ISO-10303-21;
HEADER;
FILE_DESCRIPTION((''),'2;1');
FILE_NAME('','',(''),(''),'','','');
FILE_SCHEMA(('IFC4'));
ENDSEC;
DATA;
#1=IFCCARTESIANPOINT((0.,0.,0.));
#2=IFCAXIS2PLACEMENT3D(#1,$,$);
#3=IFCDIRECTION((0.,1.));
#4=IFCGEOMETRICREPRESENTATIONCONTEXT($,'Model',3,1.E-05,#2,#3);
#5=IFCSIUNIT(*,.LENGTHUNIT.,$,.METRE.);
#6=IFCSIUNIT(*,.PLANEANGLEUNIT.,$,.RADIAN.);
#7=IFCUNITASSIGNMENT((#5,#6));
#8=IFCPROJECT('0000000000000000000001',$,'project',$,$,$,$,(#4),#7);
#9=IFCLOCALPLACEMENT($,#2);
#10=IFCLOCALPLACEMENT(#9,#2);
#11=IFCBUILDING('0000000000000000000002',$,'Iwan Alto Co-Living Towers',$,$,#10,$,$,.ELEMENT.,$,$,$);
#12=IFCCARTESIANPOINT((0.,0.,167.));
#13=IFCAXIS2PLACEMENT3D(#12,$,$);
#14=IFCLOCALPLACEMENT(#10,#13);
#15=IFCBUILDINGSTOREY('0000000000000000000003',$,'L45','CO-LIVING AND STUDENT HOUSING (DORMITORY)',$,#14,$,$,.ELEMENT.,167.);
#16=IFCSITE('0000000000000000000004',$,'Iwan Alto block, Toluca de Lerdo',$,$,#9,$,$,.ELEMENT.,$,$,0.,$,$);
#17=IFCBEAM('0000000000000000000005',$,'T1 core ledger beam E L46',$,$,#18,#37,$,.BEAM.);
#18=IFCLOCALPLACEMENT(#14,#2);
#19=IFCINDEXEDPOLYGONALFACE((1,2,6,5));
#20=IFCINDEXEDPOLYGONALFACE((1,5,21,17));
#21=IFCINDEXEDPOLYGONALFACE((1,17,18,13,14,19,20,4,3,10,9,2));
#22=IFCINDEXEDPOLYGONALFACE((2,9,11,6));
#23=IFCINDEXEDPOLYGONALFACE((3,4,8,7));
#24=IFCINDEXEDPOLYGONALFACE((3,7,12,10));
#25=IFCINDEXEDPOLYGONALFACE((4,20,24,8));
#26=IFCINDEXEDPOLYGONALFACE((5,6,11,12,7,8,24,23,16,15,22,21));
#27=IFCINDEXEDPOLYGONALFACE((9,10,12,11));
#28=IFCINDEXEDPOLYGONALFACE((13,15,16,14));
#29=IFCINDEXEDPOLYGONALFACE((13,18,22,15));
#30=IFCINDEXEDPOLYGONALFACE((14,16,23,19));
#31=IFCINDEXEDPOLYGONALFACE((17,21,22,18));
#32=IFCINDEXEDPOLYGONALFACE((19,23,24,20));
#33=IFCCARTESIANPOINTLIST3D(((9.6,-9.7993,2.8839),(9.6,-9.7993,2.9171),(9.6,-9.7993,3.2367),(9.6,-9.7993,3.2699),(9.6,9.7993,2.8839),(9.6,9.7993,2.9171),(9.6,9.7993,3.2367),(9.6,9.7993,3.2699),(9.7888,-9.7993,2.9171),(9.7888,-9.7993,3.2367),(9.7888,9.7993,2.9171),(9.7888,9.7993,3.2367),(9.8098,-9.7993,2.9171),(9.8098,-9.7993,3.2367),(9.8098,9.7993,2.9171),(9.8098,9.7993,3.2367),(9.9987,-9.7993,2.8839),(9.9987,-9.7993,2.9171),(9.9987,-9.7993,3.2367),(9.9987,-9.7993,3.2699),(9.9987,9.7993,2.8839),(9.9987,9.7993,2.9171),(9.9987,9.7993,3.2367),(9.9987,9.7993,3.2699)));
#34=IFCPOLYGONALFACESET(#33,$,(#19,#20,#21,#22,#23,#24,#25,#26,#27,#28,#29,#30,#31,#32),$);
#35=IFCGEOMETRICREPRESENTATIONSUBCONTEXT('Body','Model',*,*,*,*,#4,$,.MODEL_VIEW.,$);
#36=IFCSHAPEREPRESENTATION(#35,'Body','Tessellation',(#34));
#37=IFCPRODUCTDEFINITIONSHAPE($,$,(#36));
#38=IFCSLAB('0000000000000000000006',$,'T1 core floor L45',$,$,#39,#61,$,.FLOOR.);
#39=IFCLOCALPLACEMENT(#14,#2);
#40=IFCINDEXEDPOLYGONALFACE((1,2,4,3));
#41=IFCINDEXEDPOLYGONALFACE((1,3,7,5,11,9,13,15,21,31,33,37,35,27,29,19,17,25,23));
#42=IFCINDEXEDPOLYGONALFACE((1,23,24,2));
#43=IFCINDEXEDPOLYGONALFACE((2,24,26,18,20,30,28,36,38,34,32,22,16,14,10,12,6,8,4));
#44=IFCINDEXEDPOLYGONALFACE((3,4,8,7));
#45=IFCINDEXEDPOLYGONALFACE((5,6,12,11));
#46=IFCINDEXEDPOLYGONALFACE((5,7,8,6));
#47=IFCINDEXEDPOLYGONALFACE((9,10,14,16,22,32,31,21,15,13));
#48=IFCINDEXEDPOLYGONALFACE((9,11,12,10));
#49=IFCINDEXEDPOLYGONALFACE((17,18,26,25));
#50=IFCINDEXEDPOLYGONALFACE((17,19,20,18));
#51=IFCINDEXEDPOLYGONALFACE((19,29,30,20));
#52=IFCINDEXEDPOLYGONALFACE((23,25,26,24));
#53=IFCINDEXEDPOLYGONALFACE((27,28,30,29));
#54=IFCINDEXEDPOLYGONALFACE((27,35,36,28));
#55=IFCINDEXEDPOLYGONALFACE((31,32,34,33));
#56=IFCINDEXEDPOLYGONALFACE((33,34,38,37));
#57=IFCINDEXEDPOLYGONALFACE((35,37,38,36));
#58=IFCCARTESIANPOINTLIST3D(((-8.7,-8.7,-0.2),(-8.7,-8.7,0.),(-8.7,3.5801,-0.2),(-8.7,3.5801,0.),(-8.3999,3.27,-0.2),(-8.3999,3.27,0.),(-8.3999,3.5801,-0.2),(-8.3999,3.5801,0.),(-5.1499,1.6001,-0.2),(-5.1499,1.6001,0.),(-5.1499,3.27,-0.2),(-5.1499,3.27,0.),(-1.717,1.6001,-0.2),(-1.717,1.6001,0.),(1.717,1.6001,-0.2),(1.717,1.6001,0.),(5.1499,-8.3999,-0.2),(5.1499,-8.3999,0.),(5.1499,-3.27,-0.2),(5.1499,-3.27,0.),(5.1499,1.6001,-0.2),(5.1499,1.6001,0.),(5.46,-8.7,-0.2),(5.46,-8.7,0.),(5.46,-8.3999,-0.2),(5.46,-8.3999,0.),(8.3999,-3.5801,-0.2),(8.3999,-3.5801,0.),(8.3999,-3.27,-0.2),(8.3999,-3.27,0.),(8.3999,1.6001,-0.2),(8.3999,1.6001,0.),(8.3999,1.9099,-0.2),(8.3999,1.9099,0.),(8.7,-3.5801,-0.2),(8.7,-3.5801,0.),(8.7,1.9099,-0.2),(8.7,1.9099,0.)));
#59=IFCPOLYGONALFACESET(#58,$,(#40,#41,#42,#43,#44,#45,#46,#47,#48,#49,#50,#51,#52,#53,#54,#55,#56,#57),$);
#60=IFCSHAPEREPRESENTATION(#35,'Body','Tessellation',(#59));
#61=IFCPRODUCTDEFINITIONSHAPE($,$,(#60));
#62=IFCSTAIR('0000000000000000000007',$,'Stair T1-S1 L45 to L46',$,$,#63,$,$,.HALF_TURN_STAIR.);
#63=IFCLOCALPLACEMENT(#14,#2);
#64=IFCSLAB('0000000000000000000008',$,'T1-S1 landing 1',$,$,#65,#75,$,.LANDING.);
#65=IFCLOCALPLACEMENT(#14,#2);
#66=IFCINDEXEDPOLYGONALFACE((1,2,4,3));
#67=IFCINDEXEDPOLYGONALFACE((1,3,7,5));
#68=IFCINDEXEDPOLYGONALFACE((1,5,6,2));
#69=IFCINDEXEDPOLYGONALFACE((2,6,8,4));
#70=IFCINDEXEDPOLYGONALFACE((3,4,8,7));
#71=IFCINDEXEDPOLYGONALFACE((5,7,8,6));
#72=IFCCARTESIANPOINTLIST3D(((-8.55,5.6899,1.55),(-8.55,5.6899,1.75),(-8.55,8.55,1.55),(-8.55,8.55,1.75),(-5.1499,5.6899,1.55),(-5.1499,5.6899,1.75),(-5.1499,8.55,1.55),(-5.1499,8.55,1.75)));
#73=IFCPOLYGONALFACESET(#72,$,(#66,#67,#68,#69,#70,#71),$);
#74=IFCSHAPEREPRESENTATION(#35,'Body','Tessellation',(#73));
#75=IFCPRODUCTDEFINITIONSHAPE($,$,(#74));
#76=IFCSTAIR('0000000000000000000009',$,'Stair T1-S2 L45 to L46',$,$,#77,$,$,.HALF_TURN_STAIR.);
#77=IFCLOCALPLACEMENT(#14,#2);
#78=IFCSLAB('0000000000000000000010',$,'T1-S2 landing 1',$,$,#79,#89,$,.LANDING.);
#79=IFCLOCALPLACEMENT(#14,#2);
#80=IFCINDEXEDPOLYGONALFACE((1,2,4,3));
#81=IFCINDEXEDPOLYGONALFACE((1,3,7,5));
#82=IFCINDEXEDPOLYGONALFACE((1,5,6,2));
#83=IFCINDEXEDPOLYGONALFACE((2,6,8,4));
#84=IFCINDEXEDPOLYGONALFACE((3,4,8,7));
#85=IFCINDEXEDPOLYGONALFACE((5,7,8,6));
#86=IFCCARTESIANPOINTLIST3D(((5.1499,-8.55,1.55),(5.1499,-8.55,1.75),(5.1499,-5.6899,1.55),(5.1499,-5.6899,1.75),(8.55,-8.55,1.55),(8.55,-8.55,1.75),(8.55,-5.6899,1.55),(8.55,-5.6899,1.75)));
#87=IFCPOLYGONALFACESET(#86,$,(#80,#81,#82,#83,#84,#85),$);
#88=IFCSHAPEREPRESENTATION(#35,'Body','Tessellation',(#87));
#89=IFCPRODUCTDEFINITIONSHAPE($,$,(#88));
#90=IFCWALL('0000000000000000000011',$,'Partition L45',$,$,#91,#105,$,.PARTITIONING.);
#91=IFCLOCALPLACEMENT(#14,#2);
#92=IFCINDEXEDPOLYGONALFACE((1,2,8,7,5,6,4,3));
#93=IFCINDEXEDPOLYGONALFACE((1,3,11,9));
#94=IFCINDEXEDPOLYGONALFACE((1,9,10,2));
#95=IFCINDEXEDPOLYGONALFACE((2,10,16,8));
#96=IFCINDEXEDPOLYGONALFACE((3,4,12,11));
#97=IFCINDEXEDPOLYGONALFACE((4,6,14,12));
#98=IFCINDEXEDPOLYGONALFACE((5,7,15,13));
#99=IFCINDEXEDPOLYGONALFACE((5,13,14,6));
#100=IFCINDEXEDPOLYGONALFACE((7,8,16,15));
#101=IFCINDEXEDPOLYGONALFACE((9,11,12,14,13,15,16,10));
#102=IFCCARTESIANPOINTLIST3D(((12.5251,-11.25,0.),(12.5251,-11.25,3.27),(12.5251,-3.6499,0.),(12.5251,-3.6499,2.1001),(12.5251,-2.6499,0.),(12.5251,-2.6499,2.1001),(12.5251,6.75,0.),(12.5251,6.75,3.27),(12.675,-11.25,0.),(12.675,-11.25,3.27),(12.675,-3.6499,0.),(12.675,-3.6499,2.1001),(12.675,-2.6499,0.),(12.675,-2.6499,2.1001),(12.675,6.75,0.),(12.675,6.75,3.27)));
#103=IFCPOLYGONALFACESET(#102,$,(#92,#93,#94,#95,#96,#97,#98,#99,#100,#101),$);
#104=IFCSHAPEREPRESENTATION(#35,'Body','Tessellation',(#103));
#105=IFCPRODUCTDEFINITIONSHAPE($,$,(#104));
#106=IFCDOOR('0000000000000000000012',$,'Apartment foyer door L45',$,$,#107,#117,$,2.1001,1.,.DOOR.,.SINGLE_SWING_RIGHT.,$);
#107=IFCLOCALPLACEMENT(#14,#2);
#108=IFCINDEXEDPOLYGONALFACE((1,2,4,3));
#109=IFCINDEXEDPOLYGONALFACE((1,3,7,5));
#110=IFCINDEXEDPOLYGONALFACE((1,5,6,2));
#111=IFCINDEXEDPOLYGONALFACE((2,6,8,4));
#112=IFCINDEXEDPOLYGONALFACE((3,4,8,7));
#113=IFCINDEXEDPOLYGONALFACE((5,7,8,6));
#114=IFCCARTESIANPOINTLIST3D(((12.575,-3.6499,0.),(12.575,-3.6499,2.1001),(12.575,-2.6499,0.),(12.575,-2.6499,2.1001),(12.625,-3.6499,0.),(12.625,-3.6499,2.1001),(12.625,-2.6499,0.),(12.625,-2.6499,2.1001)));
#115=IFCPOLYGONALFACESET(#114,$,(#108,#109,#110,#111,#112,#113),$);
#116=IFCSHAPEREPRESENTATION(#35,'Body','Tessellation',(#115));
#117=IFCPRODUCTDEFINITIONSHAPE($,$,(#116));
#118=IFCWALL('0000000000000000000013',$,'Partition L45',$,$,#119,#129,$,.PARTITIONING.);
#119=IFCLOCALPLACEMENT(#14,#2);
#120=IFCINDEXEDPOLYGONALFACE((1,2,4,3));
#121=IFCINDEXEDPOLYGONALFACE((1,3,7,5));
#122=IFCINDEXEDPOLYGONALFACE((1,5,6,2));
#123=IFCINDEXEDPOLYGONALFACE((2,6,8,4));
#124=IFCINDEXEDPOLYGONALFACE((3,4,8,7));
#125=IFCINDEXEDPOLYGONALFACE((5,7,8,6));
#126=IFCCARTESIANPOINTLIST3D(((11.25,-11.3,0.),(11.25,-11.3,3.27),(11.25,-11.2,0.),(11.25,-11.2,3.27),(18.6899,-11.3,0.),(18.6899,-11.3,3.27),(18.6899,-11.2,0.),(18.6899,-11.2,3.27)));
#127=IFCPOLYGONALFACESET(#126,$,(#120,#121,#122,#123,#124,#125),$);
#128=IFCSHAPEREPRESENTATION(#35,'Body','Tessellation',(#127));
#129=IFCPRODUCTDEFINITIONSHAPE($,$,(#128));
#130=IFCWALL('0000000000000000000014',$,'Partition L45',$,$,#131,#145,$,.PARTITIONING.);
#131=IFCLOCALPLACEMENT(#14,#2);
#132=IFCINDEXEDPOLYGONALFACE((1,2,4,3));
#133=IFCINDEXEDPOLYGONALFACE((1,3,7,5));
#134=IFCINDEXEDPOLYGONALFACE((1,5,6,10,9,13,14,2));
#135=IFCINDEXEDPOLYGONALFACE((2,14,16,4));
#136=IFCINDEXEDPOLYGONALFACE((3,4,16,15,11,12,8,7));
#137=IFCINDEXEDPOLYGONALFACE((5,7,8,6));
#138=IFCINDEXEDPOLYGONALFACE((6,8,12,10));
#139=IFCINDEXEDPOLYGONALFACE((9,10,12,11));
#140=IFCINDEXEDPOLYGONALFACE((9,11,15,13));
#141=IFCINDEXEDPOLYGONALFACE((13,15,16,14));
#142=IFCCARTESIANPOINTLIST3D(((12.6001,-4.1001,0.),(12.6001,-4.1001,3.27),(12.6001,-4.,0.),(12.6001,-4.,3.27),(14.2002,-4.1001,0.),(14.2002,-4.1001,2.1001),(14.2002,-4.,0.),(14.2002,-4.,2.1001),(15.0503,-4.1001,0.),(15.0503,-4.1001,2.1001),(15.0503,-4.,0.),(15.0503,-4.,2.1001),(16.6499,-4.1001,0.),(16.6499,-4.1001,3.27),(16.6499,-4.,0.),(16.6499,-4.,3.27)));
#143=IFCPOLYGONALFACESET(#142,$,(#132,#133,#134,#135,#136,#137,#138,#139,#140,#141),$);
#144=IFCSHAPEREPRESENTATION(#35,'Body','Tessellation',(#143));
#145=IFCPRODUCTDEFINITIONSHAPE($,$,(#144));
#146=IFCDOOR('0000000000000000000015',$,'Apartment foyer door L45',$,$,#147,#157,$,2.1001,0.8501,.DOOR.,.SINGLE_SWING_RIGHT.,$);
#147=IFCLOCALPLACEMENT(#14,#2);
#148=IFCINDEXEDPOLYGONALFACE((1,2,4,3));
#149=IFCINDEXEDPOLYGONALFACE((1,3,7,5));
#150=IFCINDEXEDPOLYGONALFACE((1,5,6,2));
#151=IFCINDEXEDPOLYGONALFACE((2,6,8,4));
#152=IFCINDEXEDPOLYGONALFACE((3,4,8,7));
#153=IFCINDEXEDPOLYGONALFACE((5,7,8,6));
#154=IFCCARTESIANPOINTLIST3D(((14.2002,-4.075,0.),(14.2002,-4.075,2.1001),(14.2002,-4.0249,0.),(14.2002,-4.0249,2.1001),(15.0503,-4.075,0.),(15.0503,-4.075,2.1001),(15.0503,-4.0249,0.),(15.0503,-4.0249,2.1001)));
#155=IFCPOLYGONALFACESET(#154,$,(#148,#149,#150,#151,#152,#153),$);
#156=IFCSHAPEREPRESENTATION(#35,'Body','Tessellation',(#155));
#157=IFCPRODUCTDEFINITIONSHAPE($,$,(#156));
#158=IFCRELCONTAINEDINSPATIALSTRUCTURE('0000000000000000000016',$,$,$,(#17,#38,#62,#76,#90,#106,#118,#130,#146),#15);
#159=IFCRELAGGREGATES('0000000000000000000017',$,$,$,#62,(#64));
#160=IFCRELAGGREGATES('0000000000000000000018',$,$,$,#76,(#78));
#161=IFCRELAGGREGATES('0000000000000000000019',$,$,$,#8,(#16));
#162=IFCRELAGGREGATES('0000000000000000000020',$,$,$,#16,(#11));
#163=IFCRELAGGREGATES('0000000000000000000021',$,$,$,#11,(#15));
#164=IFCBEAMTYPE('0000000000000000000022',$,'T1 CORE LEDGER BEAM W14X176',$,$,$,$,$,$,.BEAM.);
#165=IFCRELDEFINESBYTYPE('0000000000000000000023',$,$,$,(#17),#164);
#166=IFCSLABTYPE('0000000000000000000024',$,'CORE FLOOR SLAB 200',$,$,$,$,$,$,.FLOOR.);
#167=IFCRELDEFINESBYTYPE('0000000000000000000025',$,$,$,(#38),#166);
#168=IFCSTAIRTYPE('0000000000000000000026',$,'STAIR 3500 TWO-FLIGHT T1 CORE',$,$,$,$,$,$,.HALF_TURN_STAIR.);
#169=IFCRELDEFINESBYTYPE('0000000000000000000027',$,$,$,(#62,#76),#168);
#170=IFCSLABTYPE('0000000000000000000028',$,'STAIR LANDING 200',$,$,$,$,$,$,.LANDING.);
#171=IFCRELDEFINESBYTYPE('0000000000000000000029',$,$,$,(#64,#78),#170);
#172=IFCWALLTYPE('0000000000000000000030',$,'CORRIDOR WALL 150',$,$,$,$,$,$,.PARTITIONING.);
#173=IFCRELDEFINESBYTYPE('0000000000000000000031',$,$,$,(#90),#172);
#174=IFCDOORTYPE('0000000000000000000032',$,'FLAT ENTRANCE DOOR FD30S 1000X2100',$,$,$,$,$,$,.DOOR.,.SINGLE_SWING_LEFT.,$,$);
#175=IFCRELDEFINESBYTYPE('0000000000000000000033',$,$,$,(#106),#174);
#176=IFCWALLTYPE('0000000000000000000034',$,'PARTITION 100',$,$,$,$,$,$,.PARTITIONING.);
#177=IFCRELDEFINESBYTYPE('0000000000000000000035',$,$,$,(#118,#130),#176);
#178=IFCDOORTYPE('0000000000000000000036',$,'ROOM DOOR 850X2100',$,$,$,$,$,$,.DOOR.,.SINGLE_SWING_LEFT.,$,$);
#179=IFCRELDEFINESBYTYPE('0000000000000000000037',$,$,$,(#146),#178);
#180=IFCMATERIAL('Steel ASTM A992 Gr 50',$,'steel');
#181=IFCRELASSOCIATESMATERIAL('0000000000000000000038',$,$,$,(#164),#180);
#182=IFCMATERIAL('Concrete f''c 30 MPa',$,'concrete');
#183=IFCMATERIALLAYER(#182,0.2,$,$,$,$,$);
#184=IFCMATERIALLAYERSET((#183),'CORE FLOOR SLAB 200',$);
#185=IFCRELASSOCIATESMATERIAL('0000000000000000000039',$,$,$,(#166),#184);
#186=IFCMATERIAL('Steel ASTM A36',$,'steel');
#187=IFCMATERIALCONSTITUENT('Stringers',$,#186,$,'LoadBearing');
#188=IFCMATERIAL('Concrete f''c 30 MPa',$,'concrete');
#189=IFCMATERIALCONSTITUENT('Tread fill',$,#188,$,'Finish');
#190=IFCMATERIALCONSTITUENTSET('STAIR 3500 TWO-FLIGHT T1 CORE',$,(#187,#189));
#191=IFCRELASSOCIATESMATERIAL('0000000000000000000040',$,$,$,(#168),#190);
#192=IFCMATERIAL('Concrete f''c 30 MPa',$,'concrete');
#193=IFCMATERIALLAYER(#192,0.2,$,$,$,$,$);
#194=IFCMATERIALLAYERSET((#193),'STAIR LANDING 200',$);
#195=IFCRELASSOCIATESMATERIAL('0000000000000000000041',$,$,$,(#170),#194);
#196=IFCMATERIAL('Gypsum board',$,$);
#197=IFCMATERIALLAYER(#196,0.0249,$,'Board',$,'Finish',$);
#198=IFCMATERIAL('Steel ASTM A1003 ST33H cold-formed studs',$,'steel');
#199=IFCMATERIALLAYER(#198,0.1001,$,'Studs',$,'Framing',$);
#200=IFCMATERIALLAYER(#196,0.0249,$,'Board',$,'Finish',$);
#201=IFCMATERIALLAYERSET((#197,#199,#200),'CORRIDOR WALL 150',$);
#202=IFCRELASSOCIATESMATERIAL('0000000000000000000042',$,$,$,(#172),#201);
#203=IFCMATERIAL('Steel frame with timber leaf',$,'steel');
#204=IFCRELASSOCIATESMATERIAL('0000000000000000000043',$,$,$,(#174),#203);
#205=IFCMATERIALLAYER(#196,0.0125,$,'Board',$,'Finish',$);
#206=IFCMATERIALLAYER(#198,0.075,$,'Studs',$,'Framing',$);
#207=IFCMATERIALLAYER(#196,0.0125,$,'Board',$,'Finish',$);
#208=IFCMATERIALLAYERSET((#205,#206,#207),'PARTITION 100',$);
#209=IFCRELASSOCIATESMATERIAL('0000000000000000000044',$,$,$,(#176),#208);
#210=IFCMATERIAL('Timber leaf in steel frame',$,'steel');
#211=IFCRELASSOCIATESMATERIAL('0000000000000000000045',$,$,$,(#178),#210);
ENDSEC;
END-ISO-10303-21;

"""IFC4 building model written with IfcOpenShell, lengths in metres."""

from ifc_helpers import new_model, si_unit, direction, frame, frame_2d, origin, origin_2d, place, context, subcontext, project, spatial, polyline, rectangle, i_section, outline, extrude, material, layer, layer_set, constituent, constituent_set, material_profile, profile_set, type_object, element, fill, aggregate, save


model = new_model("IFC4")

# Units and contexts
model_context = context("Model", 3, precision=1e-05, world=origin(), true_north=direction((0.0, 1.0)))
body_context = subcontext(model_context, "Body", "Model", "MODEL_VIEW")
ifc_project = project(units=[si_unit("LENGTHUNIT", "METRE"), si_unit("PLANEANGLEUNIT", "RADIAN")], contexts=[model_context])

# Site, building, storey
site_placement = place(None, origin())
site = spatial("IfcSite", under=ifc_project, at=site_placement, Name="Iwan Alto block, Toluca de Lerdo", CompositionType="ELEMENT", RefElevation=0.0)
building_placement = place(site_placement, origin())
building = spatial("IfcBuilding", under=site, at=building_placement, Name="Iwan Alto Co-Living Towers", CompositionType="ELEMENT")
storey_placement = place(building_placement, frame((0.0, 0.0, 167.0)))
storey = spatial("IfcBuildingStorey", under=building, at=storey_placement, Name="L45", Description="CO-LIVING AND STUDENT HOUSING (DORMITORY)", CompositionType="ELEMENT", Elevation=167.0)

# Beam
ifc_material_1 = material(Name="Steel ASTM A992 Gr 50", Category="steel")
ifc_material_profile = material_profile(ifc_material_1, i_section(OverallWidth=0.3987, OverallDepth=0.386, WebThickness=0.021, FlangeThickness=0.0332, at=origin_2d()), Name="W14X176")
ifc_profile_set = profile_set([ifc_material_profile], Name="Steel ASTM A992 Gr 50")
beam_type = type_object("IfcBeamType", Name="T1 CORE LEDGER BEAM W14X176", PredefinedType="BEAM", material=ifc_profile_set)
beam_placement = place(storey_placement, frame((9.7993, -9.7993, 3.0769), z_axis=(0.0, 1.0, 0.0), x_axis=(-1.0, 0.0, 0.0)))
element("IfcBeam", 1, at=beam_placement, inside=storey, type_object=beam_type, Name="T1 core ledger beam E L46", PredefinedType="BEAM", context=body_context, shape_type="SweptSolid", body=[
    extrude(i_section(OverallWidth=0.3987, OverallDepth=0.386, WebThickness=0.021, FlangeThickness=0.0332, at=origin_2d()), origin(), (0.0, 0.0, 1.0), 19.5986),
])

# Slab
ifc_material_2 = material(Name="Concrete f'c 30 MPa", Category="concrete")
ifc_layer_1 = layer(ifc_material_2, 0.2)
ifc_layer_set_1 = layer_set([ifc_layer_1], Name="CORE FLOOR SLAB 200")
slab_type_1 = type_object("IfcSlabType", Name="CORE FLOOR SLAB 200", PredefinedType="FLOOR", material=ifc_layer_set_1)
slab_1_placement = place(storey_placement, frame((0.0, 0.0, -0.2)))
element("IfcSlab", 2, at=slab_1_placement, inside=storey, type_object=slab_type_1, Name="T1 core floor L45", PredefinedType="FLOOR", context=body_context, shape_type="SweptSolid", body=[
    extrude(outline(polyline([(5.1499, -8.3999), (5.46, -8.3999), (5.46, -8.7), (-8.7, -8.7), (-8.7, 3.5801), (-8.3999, 3.5801), (-8.3999, 3.27), (-5.1499, 3.27), (-5.1499, 1.6001), (-1.717, 1.6001), (1.717, 1.6001), (5.1499, 1.6001), (8.3999, 1.6001), (8.3999, 1.9099), (8.7, 1.9099), (8.7, -3.5801), (8.3999, -3.5801), (8.3999, -3.27), (5.1499, -3.27), (5.1499, -8.3999)])), origin(), (0.0, 0.0, 1.0), 0.2),
])

# Stairs, slabs
ifc_material_3 = material(Name="Steel ASTM A36", Category="steel")
ifc_constituent_1 = constituent(ifc_material_3, Name="Stringers", Category="LoadBearing")
ifc_material_4 = material(Name="Concrete f'c 30 MPa", Category="concrete")
ifc_constituent_2 = constituent(ifc_material_4, Name="Tread fill", Category="Finish")
ifc_constituent_set_1 = constituent_set(constituents=[ifc_constituent_1, ifc_constituent_2], Name="STAIR 3500 TWO-FLIGHT T1 CORE")
stair_type = type_object("IfcStairType", Name="STAIR 3500 TWO-FLIGHT T1 CORE", PredefinedType="HALF_TURN_STAIR", material=ifc_constituent_set_1)
stair_1_placement = place(storey_placement, origin())
stair_1 = element("IfcStair", 3, at=stair_1_placement, inside=storey, type_object=stair_type, Name="Stair T1-S1 L45 to L46", PredefinedType="HALF_TURN_STAIR")
ifc_material_5 = material(Name="Concrete f'c 30 MPa", Category="concrete")
ifc_layer_2 = layer(ifc_material_5, 0.2)
ifc_layer_set_2 = layer_set([ifc_layer_2], Name="STAIR LANDING 200")
slab_type_2 = type_object("IfcSlabType", Name="STAIR LANDING 200", PredefinedType="LANDING", material=ifc_layer_set_2)
slab_2_placement = place(storey_placement, frame((0.0, 0.0, 1.55)))
slab_2 = element("IfcSlab", 4, at=slab_2_placement, type_object=slab_type_2, Name="T1-S1 landing 1", PredefinedType="LANDING", context=body_context, shape_type="SweptSolid", body=[
    extrude(outline(polyline([(-8.55, 5.6899), (-8.55, 8.55), (-5.1499, 8.55), (-5.1499, 5.6899), (-8.55, 5.6899)])), origin(), (0.0, 0.0, 1.0), 0.2),
])
aggregate(stair_1, [slab_2])
stair_2_placement = place(storey_placement, origin())
stair_2 = element("IfcStair", 5, at=stair_2_placement, inside=storey, type_object=stair_type, Name="Stair T1-S2 L45 to L46", PredefinedType="HALF_TURN_STAIR")
slab_3_placement = place(storey_placement, frame((0.0, 0.0, 1.55)))
slab_3 = element("IfcSlab", 6, at=slab_3_placement, type_object=slab_type_2, Name="T1-S2 landing 1", PredefinedType="LANDING", context=body_context, shape_type="SweptSolid", body=[
    extrude(outline(polyline([(5.1499, -5.6899), (5.1499, -8.55), (8.55, -8.55), (8.55, -5.6899), (5.1499, -5.6899)])), origin(), (0.0, 0.0, 1.0), 0.2),
])

# Wall, opening, door
ifc_material_6 = material(Name="Gypsum board")
ifc_layer_3 = layer(ifc_material_6, 0.0249, Name="Board", Category="Finish")
ifc_material_7 = material(Name="Steel ASTM A1003 ST33H cold-formed studs", Category="steel")
ifc_layer_4 = layer(ifc_material_7, 0.1001, Name="Studs", Category="Framing")
ifc_layer_5 = layer(ifc_material_6, 0.0249, Name="Board", Category="Finish")
ifc_layer_set_3 = layer_set([ifc_layer_3, ifc_layer_4, ifc_layer_5], Name="CORRIDOR WALL 150")
wall_type_1 = type_object("IfcWallType", Name="CORRIDOR WALL 150", PredefinedType="PARTITIONING", material=ifc_layer_set_3)
wall_1_placement = place(storey_placement, frame((12.6001, -11.25, 0.0), z_axis=(0.0, 0.0, 1.0), x_axis=(0.0, 1.0, 0.0)))
wall_1 = element("IfcWall", 7, at=wall_1_placement, inside=storey, type_object=wall_type_1, Name="Partition L45", PredefinedType="PARTITIONING", context=body_context, shape_type="SweptSolid", body=[
    extrude(rectangle(XDim=18.0, YDim=0.1499, at=frame_2d((9.0, 0.0))), origin(), (0.0, 0.0, 1.0), 3.27),
])
opening_1_placement = place(wall_1_placement, frame((7.6001, 0.0, 0.0)))
opening_1 = element("IfcOpeningElement", 8, at=opening_1_placement, cuts=wall_1, PredefinedType="OPENING", context=body_context, shape_type="SweptSolid", body=[
    extrude(rectangle(XDim=1.0, YDim=2.1001, at=frame_2d((0.5, 1.05))), frame((0.0, 0.085, 0.0), z_axis=(0.0, -1.0, 0.0), x_axis=(1.0, 0.0, 0.0)), (0.0, 0.0, 1.0), 0.1699),
])
ifc_material_8 = material(Name="Steel frame with timber leaf", Category="steel")
door_type_1 = type_object("IfcDoorType", Name="FLAT ENTRANCE DOOR FD30S 1000X2100", OperationType="SINGLE_SWING_LEFT", PredefinedType="DOOR", material=ifc_material_8)
door_1_placement = place(opening_1_placement, frame((1.0, 0.0, 0.0), z_axis=(0.0, 0.0, 1.0), x_axis=(-1.0, 0.0, 0.0)))
door_1 = element("IfcDoor", 9, at=door_1_placement, inside=storey, type_object=door_type_1, Name="Apartment foyer door L45", OperationType="SINGLE_SWING_RIGHT", OverallHeight=2.1001, OverallWidth=1.0, PredefinedType="DOOR", context=body_context, shape_type="SweptSolid", body=[
    extrude(rectangle(XDim=1.0, YDim=2.1001, at=frame_2d((0.5, 1.05))), frame((0.0, 0.0249, 0.0), z_axis=(0.0, -1.0, 0.0), x_axis=(1.0, 0.0, 0.0)), (0.0, 0.0, 1.0), 0.05),
])
fill(opening_1, door_1)

# Wall
ifc_layer_6 = layer(ifc_material_6, 0.0125, Name="Board", Category="Finish")
ifc_layer_7 = layer(ifc_material_7, 0.075, Name="Studs", Category="Framing")
ifc_layer_8 = layer(ifc_material_6, 0.0125, Name="Board", Category="Finish")
ifc_layer_set_4 = layer_set([ifc_layer_6, ifc_layer_7, ifc_layer_8], Name="PARTITION 100")
wall_type_2 = type_object("IfcWallType", Name="PARTITION 100", PredefinedType="PARTITIONING", material=ifc_layer_set_4)
wall_2_placement = place(storey_placement, frame((11.25, -11.25, 0.0), z_axis=(0.0, 0.0, 1.0), x_axis=(1.0, 0.0, 0.0)))
element("IfcWall", 10, at=wall_2_placement, inside=storey, type_object=wall_type_2, Name="Partition L45", PredefinedType="PARTITIONING", context=body_context, shape_type="SweptSolid", body=[
    extrude(rectangle(XDim=7.4399, YDim=0.1001, at=frame_2d((3.72, 0.0))), origin(), (0.0, 0.0, 1.0), 3.27),
])

# Wall, opening, door
wall_3_placement = place(storey_placement, frame((12.6001, -4.05, 0.0), z_axis=(0.0, 0.0, 1.0), x_axis=(1.0, 0.0, 0.0)))
wall_3 = element("IfcWall", 11, at=wall_3_placement, inside=storey, type_object=wall_type_2, Name="Partition L45", PredefinedType="PARTITIONING", context=body_context, shape_type="SweptSolid", body=[
    extrude(rectangle(XDim=4.0498, YDim=0.1001, at=frame_2d((2.0249, 0.0))), origin(), (0.0, 0.0, 1.0), 3.27),
])
opening_2_placement = place(wall_3_placement, frame((1.6001, 0.0, 0.0)))
opening_2 = element("IfcOpeningElement", 12, at=opening_2_placement, cuts=wall_3, PredefinedType="OPENING", context=body_context, shape_type="SweptSolid", body=[
    extrude(rectangle(XDim=0.8501, YDim=2.1001, at=frame_2d((0.425, 1.05))), frame((0.0, 0.0601, 0.0), z_axis=(0.0, -1.0, 0.0), x_axis=(1.0, 0.0, 0.0)), (0.0, 0.0, 1.0), 0.1201),
])
ifc_material_9 = material(Name="Timber leaf in steel frame", Category="steel")
door_type_2 = type_object("IfcDoorType", Name="ROOM DOOR 850X2100", OperationType="SINGLE_SWING_LEFT", PredefinedType="DOOR", material=ifc_material_9)
door_2_placement = place(opening_2_placement, frame((0.8501, 0.0, 0.0), z_axis=(0.0, 0.0, 1.0), x_axis=(-1.0, 0.0, 0.0)))
door_2 = element("IfcDoor", 13, at=door_2_placement, inside=storey, type_object=door_type_2, Name="Apartment foyer door L45", OperationType="SINGLE_SWING_RIGHT", OverallHeight=2.1001, OverallWidth=0.8501, PredefinedType="DOOR", context=body_context, shape_type="SweptSolid", body=[
    extrude(rectangle(XDim=0.8501, YDim=2.1001, at=frame_2d((0.425, 1.05))), frame((0.0, 0.0249, 0.0), z_axis=(0.0, -1.0, 0.0), x_axis=(1.0, 0.0, 0.0)), (0.0, 0.0, 1.0), 0.05),
])
fill(opening_2, door_2)

aggregate(stair_2, [slab_3])

save(model, "model.ifc")
